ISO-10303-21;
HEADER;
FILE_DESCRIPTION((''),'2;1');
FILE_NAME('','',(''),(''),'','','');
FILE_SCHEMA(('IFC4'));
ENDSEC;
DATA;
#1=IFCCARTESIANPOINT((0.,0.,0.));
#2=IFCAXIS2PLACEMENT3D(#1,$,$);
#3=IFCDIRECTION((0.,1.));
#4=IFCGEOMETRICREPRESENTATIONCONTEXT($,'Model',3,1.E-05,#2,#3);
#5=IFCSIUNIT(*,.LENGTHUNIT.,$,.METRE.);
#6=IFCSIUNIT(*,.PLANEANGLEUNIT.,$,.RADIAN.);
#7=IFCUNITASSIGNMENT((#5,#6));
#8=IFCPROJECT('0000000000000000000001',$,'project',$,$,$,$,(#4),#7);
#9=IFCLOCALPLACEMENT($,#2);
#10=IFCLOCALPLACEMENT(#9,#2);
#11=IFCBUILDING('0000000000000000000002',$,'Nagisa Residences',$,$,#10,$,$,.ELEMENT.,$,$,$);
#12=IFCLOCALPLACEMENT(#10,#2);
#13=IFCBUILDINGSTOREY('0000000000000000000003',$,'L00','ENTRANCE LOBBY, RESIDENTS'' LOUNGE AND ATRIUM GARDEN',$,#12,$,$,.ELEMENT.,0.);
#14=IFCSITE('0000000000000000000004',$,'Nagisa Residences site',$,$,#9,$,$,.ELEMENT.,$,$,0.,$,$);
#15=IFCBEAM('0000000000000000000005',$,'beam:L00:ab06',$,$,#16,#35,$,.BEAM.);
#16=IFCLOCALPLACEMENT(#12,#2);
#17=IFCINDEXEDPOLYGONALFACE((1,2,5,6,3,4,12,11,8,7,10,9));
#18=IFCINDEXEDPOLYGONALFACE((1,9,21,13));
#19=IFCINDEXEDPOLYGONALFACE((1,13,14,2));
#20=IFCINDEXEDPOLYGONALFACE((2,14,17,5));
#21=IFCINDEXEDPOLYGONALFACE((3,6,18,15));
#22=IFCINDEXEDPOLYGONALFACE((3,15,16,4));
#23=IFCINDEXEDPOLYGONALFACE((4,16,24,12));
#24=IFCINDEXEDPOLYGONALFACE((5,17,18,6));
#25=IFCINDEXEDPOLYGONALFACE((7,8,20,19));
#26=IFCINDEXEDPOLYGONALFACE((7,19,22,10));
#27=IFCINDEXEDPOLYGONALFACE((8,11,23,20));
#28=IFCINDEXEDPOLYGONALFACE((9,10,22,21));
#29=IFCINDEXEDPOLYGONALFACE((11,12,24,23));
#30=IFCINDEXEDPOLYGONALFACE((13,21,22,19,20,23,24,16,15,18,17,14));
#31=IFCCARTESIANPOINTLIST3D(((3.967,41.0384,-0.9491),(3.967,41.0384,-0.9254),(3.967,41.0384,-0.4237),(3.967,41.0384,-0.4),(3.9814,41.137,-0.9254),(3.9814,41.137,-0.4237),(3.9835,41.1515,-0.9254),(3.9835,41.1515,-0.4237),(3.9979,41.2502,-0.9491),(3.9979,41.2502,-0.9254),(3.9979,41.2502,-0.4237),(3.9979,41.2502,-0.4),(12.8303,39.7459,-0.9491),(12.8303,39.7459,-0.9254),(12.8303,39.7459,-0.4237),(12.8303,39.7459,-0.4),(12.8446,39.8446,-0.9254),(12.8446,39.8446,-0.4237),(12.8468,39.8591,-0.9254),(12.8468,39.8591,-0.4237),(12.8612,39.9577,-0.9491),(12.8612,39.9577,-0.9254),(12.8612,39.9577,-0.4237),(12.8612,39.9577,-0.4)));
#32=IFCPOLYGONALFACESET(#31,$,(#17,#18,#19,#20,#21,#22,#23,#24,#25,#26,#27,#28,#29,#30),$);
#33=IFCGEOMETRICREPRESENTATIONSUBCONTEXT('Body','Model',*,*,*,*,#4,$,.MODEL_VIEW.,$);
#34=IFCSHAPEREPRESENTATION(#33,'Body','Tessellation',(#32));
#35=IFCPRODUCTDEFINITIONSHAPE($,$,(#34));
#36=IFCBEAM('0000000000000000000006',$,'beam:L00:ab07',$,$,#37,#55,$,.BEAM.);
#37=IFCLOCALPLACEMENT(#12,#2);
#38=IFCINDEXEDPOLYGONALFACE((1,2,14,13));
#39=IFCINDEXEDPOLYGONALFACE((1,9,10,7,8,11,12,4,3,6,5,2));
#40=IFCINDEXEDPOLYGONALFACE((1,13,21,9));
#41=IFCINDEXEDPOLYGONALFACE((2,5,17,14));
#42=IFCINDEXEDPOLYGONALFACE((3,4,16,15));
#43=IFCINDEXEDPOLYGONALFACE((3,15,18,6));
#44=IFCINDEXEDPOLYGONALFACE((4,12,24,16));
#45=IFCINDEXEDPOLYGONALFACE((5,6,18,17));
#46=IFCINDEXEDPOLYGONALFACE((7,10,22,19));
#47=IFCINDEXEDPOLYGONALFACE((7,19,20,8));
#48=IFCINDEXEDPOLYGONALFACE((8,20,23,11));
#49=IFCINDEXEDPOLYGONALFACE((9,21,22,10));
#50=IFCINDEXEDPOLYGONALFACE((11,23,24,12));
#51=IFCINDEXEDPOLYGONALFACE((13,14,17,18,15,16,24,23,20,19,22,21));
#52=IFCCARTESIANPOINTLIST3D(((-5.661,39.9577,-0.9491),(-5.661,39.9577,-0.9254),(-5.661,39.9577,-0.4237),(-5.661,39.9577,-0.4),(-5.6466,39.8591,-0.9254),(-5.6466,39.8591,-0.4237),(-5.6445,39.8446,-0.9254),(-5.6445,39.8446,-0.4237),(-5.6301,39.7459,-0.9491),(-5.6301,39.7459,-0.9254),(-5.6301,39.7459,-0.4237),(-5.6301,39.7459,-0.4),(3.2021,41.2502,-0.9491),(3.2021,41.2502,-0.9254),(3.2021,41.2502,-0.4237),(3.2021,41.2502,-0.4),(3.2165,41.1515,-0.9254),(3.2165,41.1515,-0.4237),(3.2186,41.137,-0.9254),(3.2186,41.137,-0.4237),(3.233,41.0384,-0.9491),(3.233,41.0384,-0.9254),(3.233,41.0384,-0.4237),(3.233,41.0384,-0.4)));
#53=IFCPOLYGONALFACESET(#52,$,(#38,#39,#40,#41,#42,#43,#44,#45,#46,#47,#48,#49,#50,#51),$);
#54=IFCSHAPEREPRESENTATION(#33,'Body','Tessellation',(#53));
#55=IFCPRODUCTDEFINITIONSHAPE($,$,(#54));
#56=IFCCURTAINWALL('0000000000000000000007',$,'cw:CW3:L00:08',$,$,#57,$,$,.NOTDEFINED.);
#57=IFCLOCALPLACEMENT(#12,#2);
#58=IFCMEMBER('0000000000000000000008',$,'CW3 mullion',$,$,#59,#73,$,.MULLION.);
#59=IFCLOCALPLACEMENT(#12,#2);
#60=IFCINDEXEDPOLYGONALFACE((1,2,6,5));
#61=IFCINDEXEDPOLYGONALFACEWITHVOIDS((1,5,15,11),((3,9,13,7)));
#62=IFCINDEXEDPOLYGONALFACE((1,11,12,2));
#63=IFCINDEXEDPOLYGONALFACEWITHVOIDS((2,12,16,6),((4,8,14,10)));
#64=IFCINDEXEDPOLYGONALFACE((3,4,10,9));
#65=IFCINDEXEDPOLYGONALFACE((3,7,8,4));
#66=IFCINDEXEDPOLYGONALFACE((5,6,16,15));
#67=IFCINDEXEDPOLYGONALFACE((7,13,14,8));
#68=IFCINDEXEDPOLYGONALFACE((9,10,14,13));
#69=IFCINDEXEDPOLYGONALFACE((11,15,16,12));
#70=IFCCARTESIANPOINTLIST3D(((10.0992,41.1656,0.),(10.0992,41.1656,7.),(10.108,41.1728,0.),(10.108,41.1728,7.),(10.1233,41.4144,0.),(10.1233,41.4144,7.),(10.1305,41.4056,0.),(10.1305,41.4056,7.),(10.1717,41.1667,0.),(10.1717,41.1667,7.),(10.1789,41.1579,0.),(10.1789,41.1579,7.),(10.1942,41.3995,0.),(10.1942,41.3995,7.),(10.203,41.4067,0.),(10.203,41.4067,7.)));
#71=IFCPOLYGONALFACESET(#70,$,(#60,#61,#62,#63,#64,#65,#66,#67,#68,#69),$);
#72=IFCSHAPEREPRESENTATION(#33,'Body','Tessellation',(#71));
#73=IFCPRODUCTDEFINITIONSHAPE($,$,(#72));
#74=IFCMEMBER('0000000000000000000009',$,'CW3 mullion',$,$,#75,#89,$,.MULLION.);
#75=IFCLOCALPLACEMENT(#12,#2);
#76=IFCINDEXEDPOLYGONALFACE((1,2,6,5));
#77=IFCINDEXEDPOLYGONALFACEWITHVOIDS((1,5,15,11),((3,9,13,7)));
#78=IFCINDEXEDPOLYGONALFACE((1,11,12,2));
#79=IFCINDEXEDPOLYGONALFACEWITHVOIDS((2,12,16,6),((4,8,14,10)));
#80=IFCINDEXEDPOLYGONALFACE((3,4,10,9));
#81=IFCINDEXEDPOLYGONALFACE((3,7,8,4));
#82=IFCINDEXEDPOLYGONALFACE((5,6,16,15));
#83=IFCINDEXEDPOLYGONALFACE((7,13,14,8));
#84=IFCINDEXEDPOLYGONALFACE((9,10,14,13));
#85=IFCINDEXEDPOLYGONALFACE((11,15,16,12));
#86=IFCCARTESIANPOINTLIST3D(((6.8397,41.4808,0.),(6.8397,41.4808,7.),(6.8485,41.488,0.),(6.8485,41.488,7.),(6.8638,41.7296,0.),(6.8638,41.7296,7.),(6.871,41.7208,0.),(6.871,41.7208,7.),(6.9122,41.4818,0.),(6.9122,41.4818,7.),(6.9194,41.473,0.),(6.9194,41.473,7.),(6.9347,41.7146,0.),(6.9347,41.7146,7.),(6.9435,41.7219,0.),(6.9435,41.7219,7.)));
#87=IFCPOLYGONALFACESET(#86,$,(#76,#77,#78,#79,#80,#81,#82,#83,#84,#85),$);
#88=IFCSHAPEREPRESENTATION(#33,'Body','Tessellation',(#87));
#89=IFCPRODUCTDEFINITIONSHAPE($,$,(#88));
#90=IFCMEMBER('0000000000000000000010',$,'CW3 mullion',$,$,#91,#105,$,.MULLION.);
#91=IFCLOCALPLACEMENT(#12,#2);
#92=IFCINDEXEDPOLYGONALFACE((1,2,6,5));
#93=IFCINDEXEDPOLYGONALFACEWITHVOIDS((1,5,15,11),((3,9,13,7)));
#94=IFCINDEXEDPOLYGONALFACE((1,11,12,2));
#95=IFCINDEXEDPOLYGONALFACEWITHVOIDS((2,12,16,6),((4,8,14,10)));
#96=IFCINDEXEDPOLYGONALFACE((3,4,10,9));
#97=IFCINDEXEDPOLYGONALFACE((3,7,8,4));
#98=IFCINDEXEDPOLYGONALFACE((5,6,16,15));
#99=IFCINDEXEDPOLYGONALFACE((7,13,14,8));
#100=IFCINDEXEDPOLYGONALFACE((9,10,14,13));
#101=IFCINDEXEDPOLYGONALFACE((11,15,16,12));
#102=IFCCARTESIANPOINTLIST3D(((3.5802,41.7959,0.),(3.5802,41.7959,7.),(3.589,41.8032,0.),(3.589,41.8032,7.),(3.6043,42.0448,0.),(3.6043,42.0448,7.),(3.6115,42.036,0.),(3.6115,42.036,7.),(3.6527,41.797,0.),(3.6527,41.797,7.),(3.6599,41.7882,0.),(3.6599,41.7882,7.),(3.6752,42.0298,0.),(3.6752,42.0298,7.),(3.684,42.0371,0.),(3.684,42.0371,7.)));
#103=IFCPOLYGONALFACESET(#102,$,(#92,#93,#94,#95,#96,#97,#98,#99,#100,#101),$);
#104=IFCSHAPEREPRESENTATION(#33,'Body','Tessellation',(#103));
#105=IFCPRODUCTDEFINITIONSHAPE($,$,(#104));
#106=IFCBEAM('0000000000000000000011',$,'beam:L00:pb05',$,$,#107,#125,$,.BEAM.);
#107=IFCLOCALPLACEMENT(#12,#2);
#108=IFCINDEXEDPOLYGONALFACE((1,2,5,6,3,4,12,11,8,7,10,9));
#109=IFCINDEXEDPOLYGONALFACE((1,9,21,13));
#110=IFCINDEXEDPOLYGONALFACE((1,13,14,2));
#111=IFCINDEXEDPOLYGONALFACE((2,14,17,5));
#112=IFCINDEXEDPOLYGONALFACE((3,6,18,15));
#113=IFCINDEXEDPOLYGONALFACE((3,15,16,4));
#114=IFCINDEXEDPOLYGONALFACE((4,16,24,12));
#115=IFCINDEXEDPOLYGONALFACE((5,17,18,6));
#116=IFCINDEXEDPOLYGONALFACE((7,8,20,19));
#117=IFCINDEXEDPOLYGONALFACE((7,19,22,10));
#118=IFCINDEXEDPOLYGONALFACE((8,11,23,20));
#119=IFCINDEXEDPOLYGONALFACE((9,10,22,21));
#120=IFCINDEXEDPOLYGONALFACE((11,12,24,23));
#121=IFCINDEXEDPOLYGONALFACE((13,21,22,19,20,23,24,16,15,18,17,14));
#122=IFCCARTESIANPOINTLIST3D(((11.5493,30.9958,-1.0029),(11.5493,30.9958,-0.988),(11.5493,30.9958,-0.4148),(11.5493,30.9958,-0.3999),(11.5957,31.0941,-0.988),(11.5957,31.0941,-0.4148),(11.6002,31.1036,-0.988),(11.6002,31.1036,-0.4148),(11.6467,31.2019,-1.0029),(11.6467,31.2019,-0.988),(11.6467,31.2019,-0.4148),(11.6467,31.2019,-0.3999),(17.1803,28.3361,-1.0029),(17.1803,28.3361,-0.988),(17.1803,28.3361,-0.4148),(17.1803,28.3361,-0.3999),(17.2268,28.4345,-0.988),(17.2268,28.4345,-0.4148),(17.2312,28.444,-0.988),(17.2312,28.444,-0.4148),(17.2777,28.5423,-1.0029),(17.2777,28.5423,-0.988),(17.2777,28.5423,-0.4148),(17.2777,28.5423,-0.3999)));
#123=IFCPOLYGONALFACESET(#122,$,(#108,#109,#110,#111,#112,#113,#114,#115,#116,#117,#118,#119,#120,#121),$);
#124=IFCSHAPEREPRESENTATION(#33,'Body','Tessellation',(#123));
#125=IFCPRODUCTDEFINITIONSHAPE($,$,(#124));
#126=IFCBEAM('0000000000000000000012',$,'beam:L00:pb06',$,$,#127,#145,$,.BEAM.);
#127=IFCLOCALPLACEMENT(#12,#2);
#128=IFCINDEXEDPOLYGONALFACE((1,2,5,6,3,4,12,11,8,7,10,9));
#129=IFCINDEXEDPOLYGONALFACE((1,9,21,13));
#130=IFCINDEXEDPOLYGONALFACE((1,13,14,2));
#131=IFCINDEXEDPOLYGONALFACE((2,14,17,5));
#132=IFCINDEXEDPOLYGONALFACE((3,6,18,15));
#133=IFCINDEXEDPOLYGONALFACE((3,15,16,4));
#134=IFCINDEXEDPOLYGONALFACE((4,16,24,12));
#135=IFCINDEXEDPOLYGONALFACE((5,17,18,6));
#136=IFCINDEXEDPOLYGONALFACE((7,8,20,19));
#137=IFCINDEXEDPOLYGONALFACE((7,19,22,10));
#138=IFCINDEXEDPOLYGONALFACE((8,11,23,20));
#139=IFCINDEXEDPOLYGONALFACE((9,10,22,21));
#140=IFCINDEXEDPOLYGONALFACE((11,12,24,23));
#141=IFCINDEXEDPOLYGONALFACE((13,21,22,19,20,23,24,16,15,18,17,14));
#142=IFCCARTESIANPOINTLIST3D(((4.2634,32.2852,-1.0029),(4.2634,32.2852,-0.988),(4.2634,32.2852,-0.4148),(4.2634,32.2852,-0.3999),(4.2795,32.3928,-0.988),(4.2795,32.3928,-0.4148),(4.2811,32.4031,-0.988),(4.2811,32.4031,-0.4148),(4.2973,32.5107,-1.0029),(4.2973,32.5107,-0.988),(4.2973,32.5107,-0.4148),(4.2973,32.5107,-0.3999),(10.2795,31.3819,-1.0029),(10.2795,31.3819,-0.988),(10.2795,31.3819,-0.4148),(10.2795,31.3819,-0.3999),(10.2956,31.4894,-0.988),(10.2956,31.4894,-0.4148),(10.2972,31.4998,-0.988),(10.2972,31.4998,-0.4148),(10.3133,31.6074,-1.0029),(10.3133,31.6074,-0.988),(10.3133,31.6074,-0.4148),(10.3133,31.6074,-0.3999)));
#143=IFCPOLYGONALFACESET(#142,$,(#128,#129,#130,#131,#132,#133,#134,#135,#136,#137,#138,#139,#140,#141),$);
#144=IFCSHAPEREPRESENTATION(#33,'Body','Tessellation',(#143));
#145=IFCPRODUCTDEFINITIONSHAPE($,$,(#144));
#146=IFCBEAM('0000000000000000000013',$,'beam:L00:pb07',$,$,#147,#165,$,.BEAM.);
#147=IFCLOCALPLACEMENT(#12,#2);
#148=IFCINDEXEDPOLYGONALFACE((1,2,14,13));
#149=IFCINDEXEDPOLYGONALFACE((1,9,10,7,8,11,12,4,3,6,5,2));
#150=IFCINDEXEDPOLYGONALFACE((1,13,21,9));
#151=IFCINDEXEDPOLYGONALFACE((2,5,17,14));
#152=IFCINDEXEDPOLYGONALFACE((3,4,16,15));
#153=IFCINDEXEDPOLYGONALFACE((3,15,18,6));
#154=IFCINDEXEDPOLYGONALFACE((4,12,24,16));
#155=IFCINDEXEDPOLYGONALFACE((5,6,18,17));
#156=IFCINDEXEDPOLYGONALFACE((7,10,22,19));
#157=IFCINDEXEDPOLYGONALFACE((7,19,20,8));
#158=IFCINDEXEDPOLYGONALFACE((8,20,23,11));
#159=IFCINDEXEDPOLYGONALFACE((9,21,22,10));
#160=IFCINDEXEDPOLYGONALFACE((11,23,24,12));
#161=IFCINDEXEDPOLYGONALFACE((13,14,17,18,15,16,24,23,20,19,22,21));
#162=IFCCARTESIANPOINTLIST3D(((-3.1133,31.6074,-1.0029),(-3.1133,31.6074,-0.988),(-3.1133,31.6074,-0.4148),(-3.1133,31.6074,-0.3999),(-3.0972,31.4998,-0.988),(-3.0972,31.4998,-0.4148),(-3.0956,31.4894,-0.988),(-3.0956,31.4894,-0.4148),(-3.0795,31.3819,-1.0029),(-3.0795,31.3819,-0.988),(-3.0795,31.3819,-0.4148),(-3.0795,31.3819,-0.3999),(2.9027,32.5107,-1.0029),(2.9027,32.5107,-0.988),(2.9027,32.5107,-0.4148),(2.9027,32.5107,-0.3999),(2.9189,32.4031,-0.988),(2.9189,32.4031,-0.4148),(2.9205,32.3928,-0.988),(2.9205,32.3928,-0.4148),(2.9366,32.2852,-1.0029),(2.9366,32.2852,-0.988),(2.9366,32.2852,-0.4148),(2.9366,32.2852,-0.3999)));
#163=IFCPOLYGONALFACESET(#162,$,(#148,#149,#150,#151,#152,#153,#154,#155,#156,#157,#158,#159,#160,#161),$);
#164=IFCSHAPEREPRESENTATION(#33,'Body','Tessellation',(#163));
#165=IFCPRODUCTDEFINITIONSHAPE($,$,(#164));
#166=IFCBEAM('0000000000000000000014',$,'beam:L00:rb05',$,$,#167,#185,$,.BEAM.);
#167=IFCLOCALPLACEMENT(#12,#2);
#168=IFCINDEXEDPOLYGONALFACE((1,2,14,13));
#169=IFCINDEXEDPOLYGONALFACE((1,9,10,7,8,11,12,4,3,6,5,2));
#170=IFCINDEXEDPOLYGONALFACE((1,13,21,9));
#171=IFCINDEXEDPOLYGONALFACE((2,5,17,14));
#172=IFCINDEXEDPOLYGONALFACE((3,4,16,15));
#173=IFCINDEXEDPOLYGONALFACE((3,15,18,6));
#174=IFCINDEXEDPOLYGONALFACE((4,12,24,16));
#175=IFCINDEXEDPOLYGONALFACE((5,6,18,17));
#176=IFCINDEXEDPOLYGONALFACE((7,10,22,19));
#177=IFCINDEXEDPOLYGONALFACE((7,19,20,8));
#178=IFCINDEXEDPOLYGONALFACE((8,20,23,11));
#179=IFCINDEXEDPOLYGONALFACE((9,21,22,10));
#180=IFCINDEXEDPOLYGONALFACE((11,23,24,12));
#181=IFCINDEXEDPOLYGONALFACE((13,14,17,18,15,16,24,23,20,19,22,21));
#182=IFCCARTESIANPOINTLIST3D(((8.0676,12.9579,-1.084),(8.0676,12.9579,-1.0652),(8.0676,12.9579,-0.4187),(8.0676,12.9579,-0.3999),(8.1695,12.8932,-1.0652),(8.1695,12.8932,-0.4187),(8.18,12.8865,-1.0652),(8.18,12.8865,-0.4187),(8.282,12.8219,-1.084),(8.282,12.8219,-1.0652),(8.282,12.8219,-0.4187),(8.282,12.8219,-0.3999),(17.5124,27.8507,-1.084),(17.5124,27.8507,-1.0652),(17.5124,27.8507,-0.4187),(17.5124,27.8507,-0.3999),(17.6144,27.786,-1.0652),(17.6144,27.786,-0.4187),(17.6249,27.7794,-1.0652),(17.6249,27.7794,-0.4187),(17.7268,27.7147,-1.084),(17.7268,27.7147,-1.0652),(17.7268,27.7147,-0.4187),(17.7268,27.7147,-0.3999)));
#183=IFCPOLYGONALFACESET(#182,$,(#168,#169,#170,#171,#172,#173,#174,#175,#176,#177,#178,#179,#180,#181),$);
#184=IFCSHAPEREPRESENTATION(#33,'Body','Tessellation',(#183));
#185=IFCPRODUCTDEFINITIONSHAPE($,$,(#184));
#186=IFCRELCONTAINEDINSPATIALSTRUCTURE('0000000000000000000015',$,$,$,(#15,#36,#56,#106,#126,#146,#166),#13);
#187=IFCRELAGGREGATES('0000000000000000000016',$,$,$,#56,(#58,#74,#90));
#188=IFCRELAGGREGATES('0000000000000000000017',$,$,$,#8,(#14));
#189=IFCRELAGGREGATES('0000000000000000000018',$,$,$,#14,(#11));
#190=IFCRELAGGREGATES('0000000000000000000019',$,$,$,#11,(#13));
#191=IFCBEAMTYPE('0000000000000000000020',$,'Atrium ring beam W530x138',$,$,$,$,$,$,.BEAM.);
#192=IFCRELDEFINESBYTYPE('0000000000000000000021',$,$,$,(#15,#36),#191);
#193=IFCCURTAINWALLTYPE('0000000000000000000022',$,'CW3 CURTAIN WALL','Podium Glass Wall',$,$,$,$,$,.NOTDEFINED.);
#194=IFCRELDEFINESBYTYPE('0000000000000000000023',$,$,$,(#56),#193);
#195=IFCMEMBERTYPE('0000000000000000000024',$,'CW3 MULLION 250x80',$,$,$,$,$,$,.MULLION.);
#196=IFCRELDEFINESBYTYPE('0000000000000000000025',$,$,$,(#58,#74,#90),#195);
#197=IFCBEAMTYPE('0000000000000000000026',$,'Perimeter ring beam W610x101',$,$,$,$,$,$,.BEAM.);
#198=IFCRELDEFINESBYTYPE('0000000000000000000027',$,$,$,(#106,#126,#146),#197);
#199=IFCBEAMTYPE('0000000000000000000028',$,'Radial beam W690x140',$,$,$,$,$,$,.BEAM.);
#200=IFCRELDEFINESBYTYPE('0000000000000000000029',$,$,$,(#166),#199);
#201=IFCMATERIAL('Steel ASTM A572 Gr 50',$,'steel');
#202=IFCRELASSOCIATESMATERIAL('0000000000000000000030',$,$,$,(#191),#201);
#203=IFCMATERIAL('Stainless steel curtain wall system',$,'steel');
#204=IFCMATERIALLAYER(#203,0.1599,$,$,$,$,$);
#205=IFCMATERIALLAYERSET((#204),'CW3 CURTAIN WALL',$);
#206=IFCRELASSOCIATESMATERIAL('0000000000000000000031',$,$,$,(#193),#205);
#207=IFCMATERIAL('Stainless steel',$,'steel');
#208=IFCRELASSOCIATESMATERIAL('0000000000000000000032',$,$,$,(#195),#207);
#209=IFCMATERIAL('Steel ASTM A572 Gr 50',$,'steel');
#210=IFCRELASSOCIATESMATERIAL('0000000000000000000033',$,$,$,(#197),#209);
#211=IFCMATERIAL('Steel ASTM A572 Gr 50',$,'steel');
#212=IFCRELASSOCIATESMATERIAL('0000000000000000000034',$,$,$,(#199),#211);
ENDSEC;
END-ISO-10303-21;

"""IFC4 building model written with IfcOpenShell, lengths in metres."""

from ifc_helpers import new_model, si_unit, direction, frame, origin, origin_2d, place, context, subcontext, project, spatial, hollow_rectangle, i_section, extrude, material, layer, layer_set, material_profile, profile_set, type_object, element, aggregate, save


model = new_model("IFC4")

# Units and contexts
model_context = context("Model", 3, precision=1e-05, world=origin(), true_north=direction((0.0, 1.0)))
body_context = subcontext(model_context, "Body", "Model", "MODEL_VIEW")
ifc_project = project(units=[si_unit("LENGTHUNIT", "METRE"), si_unit("PLANEANGLEUNIT", "RADIAN")], contexts=[model_context])

# Site, building, storey
site_placement = place(None, origin())
site = spatial("IfcSite", under=ifc_project, at=site_placement, Name="Nagisa Residences site", CompositionType="ELEMENT", RefElevation=0.0)
building_placement = place(site_placement, origin())
building = spatial("IfcBuilding", under=site, at=building_placement, Name="Nagisa Residences", CompositionType="ELEMENT")
storey_placement = place(building_placement, origin())
storey = spatial("IfcBuildingStorey", under=building, at=storey_placement, Name="L00", Description="ENTRANCE LOBBY, RESIDENTS' LOUNGE AND ATRIUM GARDEN", CompositionType="ELEMENT", Elevation=0.0)

# Beams
ifc_material_1 = material(Name="Steel ASTM A572 Gr 50", Category="steel")
ifc_material_profile_1 = material_profile(ifc_material_1, i_section(OverallWidth=0.2141, OverallDepth=0.5491, WebThickness=0.0146, FlangeThickness=0.0237, at=origin_2d()), Name="W530x138")
ifc_profile_set_1 = profile_set([ifc_material_profile_1], Name="Steel ASTM A572 Gr 50")
beam_type_1 = type_object("IfcBeamType", Name="Atrium ring beam W530x138", PredefinedType="BEAM", material=ifc_profile_set_1)
beam_1_placement = place(storey_placement, frame((12.8457, 39.8518, -0.6746), z_axis=(-0.989534, 0.144298, 0.0), x_axis=(-0.144298, -0.989534, 0.0)))
element("IfcBeam", 1, at=beam_1_placement, inside=storey, type_object=beam_type_1, Name="beam:L00:ab06", PredefinedType="BEAM", context=body_context, shape_type="SweptSolid", body=[
    extrude(i_section(OverallWidth=0.2141, OverallDepth=0.5491, WebThickness=0.0146, FlangeThickness=0.0237, at=origin_2d()), origin(), (0.0, 0.0, 1.0), 8.957),
])
beam_2_placement = place(storey_placement, frame((3.2175, 41.1443, -0.6746), z_axis=(-0.989534, -0.144302, 0.0), x_axis=(0.144302, -0.989534, 0.0)))
element("IfcBeam", 2, at=beam_2_placement, inside=storey, type_object=beam_type_1, Name="beam:L00:ab07", PredefinedType="BEAM", context=body_context, shape_type="SweptSolid", body=[
    extrude(i_section(OverallWidth=0.2141, OverallDepth=0.5491, WebThickness=0.0146, FlangeThickness=0.0237, at=origin_2d()), origin(), (0.0, 0.0, 1.0), 8.9568),
])

# Curtain wall, members
ifc_material_2 = material(Name="Stainless steel curtain wall system", Category="steel")
ifc_layer_1 = layer(ifc_material_2, 0.1599)
ifc_layer_set_1 = layer_set([ifc_layer_1], Name="CW3 CURTAIN WALL")
curtain_wall_type = type_object("IfcCurtainWallType", Name="CW3 CURTAIN WALL", Description="Podium Glass Wall", PredefinedType="NOTDEFINED", material=ifc_layer_set_1)
curtain_wall_placement = place(storey_placement, origin())
curtain_wall = element("IfcCurtainWall", 3, at=curtain_wall_placement, inside=storey, type_object=curtain_wall_type, Name="cw:CW3:L00:08", PredefinedType="NOTDEFINED")
ifc_material_3 = material(Name="Stainless steel", Category="steel")
ifc_material_profile_2 = material_profile(ifc_material_3, hollow_rectangle(XDim=0.25, YDim=0.0801, WallThickness=0.0081, at=origin_2d()), Name="CW3 MULLION 250x80")
ifc_profile_set_2 = profile_set([ifc_material_profile_2], Name="Stainless steel")
member_type = type_object("IfcMemberType", Name="CW3 MULLION 250x80", PredefinedType="MULLION", material=ifc_profile_set_2)
member_1_placement = place(storey_placement, frame((10.1511, 41.2861, 0.0), z_axis=(0.0, 0.0, 1.0), x_axis=(-0.096249, -0.995357, 0.0)))
member_1 = element("IfcMember", 4, at=member_1_placement, type_object=member_type, Name="CW3 mullion", PredefinedType="MULLION", context=body_context, shape_type="SweptSolid", body=[
    extrude(hollow_rectangle(XDim=0.25, YDim=0.0801, WallThickness=0.0081, at=origin_2d()), origin(), (0.0, 0.0, 1.0), 7.0),
])
member_2_placement = place(storey_placement, frame((6.8916, 41.6013, 0.0), z_axis=(0.0, 0.0, 1.0), x_axis=(-0.096249, -0.995357, 0.0)))
member_2 = element("IfcMember", 5, at=member_2_placement, type_object=member_type, Name="CW3 mullion", PredefinedType="MULLION", context=body_context, shape_type="SweptSolid", body=[
    extrude(hollow_rectangle(XDim=0.25, YDim=0.0801, WallThickness=0.0081, at=origin_2d()), origin(), (0.0, 0.0, 1.0), 7.0),
])
member_3_placement = place(storey_placement, frame((3.6321, 41.9165, 0.0), z_axis=(0.0, 0.0, 1.0), x_axis=(-0.096249, -0.995357, 0.0)))
member_3 = element("IfcMember", 6, at=member_3_placement, type_object=member_type, Name="CW3 mullion", PredefinedType="MULLION", context=body_context, shape_type="SweptSolid", body=[
    extrude(hollow_rectangle(XDim=0.25, YDim=0.0801, WallThickness=0.0081, at=origin_2d()), origin(), (0.0, 0.0, 1.0), 7.0),
])
aggregate(curtain_wall, [member_1, member_2, member_3])

# Beams
ifc_material_4 = material(Name="Steel ASTM A572 Gr 50", Category="steel")
ifc_material_profile_3 = material_profile(ifc_material_4, i_section(OverallWidth=0.228, OverallDepth=0.603, WebThickness=0.0105, FlangeThickness=0.0149, at=origin_2d()), Name="W610x101")
ifc_profile_set_3 = profile_set([ifc_material_profile_3], Name="Steel ASTM A572 Gr 50")
beam_type_2 = type_object("IfcBeamType", Name="Perimeter ring beam W610x101", PredefinedType="BEAM", material=ifc_profile_set_3)
beam_3_placement = place(storey_placement, frame((17.229, 28.4392, -0.7014), z_axis=(-0.904215, 0.427077, 0.0), x_axis=(-0.427077, -0.904215, 0.0)))
element("IfcBeam", 7, at=beam_3_placement, inside=storey, type_object=beam_type_2, Name="beam:L00:pb05", PredefinedType="BEAM", context=body_context, shape_type="SweptSolid", body=[
    extrude(i_section(OverallWidth=0.228, OverallDepth=0.603, WebThickness=0.0105, FlangeThickness=0.0149, at=origin_2d()), origin(), (0.0, 0.0, 1.0), 6.2275),
])
for number, where, z_axis, x_axis, name in (
    (8, (10.2964, 31.4946, -0.7014), (-0.988915, 0.148486, 0.0), (-0.148486, -0.988915, 0.0), "beam:L00:pb06"),
    (9, (2.9197, 32.3979, -0.7014), (-0.988915, -0.148486, 0.0), (0.148486, -0.988915, 0.0), "beam:L00:pb07"),
):
    element("IfcBeam", number, at=place(storey_placement, frame(where, z_axis=z_axis, x_axis=x_axis)), inside=storey, type_object=beam_type_2, Name=name, PredefinedType="BEAM", context=body_context, shape_type="SweptSolid", body=[
        extrude(i_section(OverallWidth=0.228, OverallDepth=0.603, WebThickness=0.0105, FlangeThickness=0.0149, at=origin_2d()), origin(), (0.0, 0.0, 1.0), 6.0835),
    ])
ifc_material_5 = material(Name="Steel ASTM A572 Gr 50", Category="steel")
ifc_material_profile_4 = material_profile(ifc_material_5, i_section(OverallWidth=0.2539, OverallDepth=0.6841, WebThickness=0.0125, FlangeThickness=0.0188, at=origin_2d()), Name="W690x140")
ifc_profile_set_4 = profile_set([ifc_material_profile_4], Name="Steel ASTM A572 Gr 50")
beam_type_3 = type_object("IfcBeamType", Name="Radial beam W690x140", PredefinedType="BEAM", material=ifc_profile_set_4)
beam_4_placement = place(storey_placement, frame((17.6196, 27.7827, -0.7419), z_axis=(-0.535566, -0.844493, 0.0), x_axis=(0.844493, -0.535566, 0.0)))
element("IfcBeam", 10, at=beam_4_placement, inside=storey, type_object=beam_type_3, Name="beam:L00:rb05", PredefinedType="BEAM", context=body_context, shape_type="SweptSolid", body=[
    extrude(i_section(OverallWidth=0.2539, OverallDepth=0.6841, WebThickness=0.0125, FlangeThickness=0.0188, at=origin_2d()), origin(), (0.0, 0.0, 1.0), 17.6353),
])

save(model, "model.ifc")
